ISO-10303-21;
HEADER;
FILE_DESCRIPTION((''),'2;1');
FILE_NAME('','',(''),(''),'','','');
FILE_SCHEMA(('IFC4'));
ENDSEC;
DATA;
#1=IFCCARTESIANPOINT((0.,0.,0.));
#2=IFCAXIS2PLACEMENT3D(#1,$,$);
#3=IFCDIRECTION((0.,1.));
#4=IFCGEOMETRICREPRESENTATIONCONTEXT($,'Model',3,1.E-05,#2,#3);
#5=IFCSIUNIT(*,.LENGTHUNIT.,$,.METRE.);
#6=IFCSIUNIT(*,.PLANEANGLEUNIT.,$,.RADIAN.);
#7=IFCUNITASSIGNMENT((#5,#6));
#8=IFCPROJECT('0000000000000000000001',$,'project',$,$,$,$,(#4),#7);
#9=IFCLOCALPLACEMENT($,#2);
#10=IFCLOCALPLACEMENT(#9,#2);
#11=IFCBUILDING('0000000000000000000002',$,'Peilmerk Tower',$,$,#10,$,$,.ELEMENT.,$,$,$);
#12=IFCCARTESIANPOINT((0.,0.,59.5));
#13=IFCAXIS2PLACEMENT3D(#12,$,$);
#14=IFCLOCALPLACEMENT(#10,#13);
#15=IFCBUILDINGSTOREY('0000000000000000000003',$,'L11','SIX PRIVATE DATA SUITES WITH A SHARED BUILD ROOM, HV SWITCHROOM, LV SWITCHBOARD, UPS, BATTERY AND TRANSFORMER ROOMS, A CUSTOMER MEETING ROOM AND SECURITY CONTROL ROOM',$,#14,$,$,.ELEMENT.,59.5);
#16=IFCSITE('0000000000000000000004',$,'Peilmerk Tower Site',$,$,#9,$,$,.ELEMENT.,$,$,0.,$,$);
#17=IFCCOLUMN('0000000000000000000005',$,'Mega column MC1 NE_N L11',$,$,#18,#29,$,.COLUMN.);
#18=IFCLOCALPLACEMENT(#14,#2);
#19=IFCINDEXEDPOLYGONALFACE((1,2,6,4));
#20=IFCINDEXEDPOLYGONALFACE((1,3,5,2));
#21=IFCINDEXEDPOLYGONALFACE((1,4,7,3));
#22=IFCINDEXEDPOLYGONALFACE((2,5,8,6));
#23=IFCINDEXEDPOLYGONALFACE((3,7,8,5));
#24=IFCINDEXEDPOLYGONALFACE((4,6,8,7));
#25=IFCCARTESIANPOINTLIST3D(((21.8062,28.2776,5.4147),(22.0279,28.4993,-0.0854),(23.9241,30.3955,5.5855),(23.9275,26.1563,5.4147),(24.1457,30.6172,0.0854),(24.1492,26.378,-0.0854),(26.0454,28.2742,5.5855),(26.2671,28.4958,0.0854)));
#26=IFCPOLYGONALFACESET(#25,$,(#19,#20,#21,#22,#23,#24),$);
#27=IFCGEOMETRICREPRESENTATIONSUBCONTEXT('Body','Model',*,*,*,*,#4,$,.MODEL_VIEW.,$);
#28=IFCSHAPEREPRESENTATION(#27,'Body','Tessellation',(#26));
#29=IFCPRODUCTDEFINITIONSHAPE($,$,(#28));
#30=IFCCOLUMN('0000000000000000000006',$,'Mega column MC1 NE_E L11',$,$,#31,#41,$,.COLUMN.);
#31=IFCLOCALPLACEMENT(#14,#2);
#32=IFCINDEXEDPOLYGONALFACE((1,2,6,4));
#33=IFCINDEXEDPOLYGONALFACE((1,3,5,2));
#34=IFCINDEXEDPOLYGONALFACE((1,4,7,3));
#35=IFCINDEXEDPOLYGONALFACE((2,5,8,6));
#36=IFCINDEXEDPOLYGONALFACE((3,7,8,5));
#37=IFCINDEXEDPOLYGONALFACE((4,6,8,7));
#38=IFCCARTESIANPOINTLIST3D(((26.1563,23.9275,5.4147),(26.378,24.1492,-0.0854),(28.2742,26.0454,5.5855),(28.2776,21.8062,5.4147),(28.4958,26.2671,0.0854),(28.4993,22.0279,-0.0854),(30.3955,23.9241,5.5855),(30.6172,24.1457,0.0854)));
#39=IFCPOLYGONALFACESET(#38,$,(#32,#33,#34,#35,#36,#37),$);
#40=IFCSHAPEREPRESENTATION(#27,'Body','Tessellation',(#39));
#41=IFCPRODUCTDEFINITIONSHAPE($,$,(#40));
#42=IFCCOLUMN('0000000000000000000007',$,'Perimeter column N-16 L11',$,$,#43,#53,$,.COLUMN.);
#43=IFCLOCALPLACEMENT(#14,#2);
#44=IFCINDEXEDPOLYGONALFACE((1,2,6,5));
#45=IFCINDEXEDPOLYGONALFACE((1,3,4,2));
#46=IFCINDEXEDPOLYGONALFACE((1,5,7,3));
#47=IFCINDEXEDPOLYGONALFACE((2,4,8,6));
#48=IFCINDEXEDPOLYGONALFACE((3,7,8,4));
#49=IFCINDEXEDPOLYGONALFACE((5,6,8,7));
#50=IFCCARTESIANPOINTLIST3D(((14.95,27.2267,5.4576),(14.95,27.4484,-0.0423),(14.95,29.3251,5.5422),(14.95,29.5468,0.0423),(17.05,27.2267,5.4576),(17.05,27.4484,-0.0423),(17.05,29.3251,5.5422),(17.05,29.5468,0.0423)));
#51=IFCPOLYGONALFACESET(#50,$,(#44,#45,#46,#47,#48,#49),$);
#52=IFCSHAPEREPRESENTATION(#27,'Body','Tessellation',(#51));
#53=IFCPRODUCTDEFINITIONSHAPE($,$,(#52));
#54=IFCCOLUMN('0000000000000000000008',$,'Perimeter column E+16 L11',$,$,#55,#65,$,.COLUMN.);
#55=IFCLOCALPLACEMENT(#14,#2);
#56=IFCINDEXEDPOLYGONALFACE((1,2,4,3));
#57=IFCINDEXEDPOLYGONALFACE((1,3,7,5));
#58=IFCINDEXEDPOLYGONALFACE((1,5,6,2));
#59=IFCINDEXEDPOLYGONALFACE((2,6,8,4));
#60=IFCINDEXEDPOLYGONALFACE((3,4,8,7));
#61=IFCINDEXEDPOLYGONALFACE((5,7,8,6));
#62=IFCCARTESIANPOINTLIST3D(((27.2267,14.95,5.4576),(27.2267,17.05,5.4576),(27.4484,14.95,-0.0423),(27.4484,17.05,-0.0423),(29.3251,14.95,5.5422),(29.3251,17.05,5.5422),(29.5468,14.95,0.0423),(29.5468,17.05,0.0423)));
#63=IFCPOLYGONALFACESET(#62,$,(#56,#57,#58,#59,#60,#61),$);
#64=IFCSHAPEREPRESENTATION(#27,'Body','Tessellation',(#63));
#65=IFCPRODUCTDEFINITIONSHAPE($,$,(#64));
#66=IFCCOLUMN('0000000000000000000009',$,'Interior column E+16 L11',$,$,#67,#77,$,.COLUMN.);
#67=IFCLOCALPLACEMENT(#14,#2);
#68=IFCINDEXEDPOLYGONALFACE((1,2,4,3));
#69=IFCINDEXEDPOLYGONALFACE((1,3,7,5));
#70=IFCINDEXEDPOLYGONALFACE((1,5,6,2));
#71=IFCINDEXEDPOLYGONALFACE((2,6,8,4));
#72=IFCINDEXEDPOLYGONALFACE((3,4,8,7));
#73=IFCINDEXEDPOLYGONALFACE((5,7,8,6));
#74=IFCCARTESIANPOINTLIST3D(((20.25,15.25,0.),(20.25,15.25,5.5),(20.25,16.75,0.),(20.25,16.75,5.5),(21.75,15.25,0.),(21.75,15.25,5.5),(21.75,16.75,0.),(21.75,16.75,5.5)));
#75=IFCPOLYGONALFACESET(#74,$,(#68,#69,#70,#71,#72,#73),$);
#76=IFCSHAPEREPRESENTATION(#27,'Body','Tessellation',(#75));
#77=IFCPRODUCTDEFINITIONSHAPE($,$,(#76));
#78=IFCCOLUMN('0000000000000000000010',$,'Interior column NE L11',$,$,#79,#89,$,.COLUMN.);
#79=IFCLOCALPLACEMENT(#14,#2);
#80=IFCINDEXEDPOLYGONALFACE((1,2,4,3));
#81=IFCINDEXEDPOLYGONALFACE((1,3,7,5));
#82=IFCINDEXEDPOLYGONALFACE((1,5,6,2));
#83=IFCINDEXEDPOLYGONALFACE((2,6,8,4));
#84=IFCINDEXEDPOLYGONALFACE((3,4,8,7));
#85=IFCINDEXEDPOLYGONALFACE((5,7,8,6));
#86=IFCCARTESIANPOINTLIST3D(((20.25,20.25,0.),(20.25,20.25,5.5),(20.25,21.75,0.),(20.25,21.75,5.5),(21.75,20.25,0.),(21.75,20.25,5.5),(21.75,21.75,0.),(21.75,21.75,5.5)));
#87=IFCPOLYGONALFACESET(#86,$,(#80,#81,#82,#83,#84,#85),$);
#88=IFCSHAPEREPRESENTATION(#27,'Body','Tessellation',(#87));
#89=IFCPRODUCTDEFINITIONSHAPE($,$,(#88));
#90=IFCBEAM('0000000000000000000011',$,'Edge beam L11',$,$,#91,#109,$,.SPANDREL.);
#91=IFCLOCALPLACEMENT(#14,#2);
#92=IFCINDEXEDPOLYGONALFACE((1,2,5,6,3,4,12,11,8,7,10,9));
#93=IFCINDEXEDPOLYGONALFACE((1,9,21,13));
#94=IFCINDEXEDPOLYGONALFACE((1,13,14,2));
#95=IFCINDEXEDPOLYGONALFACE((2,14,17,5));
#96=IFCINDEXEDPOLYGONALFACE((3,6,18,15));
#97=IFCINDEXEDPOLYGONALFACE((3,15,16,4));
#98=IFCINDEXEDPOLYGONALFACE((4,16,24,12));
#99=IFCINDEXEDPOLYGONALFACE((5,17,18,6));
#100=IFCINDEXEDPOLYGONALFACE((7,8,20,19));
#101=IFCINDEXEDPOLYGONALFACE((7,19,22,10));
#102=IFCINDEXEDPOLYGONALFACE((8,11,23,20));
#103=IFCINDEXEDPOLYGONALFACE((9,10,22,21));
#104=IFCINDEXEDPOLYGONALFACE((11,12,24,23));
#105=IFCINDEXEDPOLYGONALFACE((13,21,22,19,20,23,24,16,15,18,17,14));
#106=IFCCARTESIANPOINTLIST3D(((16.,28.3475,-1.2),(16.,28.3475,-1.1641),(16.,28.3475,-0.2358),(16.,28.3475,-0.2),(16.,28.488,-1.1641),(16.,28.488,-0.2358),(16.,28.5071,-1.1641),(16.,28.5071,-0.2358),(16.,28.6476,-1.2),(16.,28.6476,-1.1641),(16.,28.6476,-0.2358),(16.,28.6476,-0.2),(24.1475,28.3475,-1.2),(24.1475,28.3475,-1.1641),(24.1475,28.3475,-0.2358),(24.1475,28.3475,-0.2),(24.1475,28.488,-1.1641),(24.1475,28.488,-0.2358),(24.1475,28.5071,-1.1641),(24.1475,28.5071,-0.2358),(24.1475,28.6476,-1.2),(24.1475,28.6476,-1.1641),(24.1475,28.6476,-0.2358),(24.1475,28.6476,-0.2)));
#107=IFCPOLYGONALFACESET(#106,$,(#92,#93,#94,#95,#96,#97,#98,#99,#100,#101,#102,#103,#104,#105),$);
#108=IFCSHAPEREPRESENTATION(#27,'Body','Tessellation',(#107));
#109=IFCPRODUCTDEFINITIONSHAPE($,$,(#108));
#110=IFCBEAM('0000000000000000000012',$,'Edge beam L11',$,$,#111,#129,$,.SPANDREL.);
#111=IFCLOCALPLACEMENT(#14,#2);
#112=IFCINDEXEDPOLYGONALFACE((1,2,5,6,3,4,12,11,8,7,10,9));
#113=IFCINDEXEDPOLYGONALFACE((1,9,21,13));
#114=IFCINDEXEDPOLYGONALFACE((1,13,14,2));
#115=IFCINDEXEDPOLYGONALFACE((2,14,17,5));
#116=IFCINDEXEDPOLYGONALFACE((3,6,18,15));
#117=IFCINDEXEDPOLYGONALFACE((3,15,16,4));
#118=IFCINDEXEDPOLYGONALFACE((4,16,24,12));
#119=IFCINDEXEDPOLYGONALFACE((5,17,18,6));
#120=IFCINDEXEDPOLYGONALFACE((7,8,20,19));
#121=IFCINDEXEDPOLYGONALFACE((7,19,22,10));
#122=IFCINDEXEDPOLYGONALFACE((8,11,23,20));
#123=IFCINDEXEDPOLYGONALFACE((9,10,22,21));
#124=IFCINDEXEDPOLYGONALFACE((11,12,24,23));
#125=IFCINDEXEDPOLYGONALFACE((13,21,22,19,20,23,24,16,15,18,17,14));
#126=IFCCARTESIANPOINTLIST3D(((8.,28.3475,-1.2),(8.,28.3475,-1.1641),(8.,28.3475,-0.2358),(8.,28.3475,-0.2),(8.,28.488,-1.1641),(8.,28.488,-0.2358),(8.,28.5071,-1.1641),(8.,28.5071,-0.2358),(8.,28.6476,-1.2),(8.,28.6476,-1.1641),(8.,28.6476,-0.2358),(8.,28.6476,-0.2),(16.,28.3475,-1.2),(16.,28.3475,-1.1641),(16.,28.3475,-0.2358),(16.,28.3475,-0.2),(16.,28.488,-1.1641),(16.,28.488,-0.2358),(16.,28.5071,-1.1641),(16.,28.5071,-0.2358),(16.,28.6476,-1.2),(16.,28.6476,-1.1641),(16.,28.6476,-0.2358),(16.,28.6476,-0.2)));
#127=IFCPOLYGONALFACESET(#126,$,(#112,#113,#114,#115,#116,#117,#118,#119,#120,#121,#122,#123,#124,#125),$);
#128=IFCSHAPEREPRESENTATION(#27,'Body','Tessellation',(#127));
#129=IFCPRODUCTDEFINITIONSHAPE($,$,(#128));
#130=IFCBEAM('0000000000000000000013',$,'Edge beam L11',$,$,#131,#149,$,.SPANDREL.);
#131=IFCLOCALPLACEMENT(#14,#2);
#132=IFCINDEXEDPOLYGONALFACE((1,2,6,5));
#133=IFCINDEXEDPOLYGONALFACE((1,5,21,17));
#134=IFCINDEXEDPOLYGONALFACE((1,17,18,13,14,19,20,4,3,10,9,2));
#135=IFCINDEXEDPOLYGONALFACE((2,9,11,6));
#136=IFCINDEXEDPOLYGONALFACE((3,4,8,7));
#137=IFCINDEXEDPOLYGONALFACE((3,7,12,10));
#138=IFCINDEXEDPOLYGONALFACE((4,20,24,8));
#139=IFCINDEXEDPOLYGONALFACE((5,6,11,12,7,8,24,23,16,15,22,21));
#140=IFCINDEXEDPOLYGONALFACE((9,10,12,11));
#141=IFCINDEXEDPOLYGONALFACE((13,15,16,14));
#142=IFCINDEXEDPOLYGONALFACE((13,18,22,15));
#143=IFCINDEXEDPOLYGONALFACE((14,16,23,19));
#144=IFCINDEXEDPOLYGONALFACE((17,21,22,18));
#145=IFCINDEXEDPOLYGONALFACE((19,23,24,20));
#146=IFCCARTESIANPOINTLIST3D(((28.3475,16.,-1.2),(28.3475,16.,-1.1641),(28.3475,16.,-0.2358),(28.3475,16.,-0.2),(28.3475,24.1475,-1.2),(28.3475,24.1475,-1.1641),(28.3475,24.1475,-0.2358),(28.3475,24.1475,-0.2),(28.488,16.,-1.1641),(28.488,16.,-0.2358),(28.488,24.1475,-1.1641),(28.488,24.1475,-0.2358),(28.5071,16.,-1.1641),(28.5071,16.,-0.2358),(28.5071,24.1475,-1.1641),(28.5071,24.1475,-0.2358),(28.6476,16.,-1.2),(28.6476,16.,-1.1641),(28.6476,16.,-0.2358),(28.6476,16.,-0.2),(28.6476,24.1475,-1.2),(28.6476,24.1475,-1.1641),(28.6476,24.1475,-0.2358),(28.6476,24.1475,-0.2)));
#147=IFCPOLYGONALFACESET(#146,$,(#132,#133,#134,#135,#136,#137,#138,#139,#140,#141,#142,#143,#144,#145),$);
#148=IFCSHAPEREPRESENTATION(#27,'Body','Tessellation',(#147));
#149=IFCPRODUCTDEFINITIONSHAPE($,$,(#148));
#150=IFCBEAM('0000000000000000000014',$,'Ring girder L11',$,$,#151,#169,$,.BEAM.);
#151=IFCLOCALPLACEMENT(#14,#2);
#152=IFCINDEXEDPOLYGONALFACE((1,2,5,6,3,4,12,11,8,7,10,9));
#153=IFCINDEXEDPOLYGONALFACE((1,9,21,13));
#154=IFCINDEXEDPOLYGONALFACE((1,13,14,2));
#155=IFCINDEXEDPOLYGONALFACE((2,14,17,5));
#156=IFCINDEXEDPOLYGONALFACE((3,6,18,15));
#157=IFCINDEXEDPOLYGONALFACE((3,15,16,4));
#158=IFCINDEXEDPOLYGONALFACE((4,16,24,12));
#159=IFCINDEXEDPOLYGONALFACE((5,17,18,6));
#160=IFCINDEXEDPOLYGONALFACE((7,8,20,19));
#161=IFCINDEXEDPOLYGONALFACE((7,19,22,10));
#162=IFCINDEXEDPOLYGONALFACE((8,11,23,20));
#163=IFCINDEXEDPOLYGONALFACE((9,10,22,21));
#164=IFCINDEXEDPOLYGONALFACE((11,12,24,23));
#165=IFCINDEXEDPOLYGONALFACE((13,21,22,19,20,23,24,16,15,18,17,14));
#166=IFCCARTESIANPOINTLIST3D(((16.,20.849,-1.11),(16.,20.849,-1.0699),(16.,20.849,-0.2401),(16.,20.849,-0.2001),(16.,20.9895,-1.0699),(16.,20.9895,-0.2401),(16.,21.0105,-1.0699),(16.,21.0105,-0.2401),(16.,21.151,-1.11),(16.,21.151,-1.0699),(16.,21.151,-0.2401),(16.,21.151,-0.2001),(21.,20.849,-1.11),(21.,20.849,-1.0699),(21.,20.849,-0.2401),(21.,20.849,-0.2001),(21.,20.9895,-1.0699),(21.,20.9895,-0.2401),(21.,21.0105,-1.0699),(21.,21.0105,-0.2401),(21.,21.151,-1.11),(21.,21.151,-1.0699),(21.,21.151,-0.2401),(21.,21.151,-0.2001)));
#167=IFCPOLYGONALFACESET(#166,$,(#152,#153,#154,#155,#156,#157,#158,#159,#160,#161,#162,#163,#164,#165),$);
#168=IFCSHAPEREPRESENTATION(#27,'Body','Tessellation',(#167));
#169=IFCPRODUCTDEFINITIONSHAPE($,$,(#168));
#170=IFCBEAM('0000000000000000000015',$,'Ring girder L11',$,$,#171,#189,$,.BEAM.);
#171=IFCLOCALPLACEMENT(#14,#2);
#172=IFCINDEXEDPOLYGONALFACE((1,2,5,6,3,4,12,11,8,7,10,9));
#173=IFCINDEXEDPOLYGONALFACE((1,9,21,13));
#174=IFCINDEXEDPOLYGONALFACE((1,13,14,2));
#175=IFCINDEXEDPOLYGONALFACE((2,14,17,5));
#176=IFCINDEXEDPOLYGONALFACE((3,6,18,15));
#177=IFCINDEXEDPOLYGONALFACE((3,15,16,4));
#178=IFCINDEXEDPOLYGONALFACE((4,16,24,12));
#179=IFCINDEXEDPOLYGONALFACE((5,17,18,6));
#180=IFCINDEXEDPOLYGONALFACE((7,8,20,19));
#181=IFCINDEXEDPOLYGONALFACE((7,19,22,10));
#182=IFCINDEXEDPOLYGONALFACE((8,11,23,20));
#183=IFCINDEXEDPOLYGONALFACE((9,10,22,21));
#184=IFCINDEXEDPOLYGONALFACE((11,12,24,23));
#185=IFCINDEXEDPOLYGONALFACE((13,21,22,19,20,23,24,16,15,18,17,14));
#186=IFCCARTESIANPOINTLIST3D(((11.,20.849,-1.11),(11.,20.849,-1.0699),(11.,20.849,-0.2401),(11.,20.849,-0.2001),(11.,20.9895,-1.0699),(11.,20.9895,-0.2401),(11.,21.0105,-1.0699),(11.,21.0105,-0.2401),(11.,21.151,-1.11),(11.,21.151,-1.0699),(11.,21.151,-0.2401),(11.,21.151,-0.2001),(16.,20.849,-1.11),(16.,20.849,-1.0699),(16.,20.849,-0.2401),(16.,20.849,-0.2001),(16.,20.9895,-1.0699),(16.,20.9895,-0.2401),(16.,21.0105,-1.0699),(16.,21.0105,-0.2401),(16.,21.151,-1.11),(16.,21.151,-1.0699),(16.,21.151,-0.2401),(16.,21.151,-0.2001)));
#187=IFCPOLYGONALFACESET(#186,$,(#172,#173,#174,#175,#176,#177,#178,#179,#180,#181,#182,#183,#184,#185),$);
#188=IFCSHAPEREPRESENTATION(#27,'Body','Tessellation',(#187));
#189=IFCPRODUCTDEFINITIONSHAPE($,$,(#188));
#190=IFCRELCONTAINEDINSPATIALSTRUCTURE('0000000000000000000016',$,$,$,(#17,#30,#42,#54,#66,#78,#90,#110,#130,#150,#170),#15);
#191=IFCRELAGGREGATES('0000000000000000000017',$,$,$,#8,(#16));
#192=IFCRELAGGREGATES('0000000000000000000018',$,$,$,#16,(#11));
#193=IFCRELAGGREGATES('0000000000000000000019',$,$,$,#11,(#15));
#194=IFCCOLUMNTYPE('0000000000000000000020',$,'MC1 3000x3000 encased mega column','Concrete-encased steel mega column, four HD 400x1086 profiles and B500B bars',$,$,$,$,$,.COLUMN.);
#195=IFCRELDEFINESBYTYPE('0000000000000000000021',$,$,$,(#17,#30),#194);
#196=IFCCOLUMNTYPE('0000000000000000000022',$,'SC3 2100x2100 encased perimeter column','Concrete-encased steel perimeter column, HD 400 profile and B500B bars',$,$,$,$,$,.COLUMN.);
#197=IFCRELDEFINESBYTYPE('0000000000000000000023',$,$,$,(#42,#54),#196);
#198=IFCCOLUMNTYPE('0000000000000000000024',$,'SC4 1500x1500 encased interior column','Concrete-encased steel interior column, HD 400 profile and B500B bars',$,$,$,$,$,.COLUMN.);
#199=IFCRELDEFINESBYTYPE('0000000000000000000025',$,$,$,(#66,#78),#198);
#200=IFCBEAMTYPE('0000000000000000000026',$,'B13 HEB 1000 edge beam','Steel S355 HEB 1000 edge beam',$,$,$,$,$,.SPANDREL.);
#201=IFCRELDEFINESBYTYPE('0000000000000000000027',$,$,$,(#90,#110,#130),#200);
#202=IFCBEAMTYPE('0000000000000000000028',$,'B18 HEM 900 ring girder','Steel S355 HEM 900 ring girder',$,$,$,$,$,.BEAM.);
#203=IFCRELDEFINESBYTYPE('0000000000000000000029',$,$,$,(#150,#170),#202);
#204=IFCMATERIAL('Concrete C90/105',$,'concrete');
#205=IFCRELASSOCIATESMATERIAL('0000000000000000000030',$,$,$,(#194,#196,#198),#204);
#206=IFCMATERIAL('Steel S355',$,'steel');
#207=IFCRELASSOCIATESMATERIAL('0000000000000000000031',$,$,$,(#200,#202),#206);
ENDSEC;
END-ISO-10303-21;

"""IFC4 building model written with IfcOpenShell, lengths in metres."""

from ifc_helpers import new_model, si_unit, direction, frame, origin, origin_2d, place, context, subcontext, project, spatial, rectangle, i_section, extrude, material, material_profile, profile_set, type_object, element, save


model = new_model("IFC4")

# Units and contexts
model_context = context("Model", 3, precision=1e-05, world=origin(), true_north=direction((0.0, 1.0)))
body_context = subcontext(model_context, "Body", "Model", "MODEL_VIEW")
ifc_project = project(units=[si_unit("LENGTHUNIT", "METRE"), si_unit("PLANEANGLEUNIT", "RADIAN")], contexts=[model_context])

# Site, building, storey
site_placement = place(None, origin())
site = spatial("IfcSite", under=ifc_project, at=site_placement, Name="Peilmerk Tower Site", CompositionType="ELEMENT", RefElevation=0.0)
building_placement = place(site_placement, origin())
building = spatial("IfcBuilding", under=site, at=building_placement, Name="Peilmerk Tower", CompositionType="ELEMENT")
storey_placement = place(building_placement, frame((0.0, 0.0, 59.5)))
storey = spatial("IfcBuildingStorey", under=building, at=storey_placement, Name="L11", Description="SIX PRIVATE DATA SUITES WITH A SHARED BUILD ROOM, HV SWITCHROOM, LV SWITCHBOARD, UPS, BATTERY AND TRANSFORMER ROOMS, A CUSTOMER MEETING ROOM AND SECURITY CONTROL ROOM", CompositionType="ELEMENT", Elevation=59.5)

# Columns
ifc_material_1 = material(Name="Concrete C90/105", Category="concrete")
ifc_material_profile_1 = material_profile(ifc_material_1, rectangle(XDim=3.0, YDim=3.0, at=origin_2d()), Name="RC 3000x3000")
ifc_profile_set_1 = profile_set([ifc_material_profile_1], Name="Concrete C90/105")
column_type_1 = type_object("IfcColumnType", Name="MC1 3000x3000 encased mega column", Description="Concrete-encased steel mega column, four HD 400x1086 profiles and B500B bars", PredefinedType="COLUMN", material=ifc_profile_set_1)
for number, where, z_axis, x_axis, name in (
    (1, (24.1475, 28.4976, 0.0), (-0.04024, -0.04024, 0.998379), (0.707107, -0.707107, 0.0), "Mega column MC1 NE_N L11"),
    (2, (28.4976, 24.1475, 0.0), (-0.04024, -0.04024, 0.998379), (0.707107, -0.707107, 0.0), "Mega column MC1 NE_E L11"),
):
    element("IfcColumn", number, at=place(storey_placement, frame(where, z_axis=z_axis, x_axis=x_axis)), inside=storey, type_object=column_type_1, Name=name, PredefinedType="COLUMN", context=body_context, shape_type="SweptSolid", body=[
        extrude(rectangle(XDim=3.0, YDim=3.0, at=origin_2d()), origin(), (0.0, 0.0, 1.0), 5.509),
    ])
ifc_material_profile_2 = material_profile(ifc_material_1, rectangle(XDim=2.1001, YDim=2.1001, at=origin_2d()), Name="RC 2100x2100")
ifc_profile_set_2 = profile_set([ifc_material_profile_2], Name="Concrete C90/105")
column_type_2 = type_object("IfcColumnType", Name="SC3 2100x2100 encased perimeter column", Description="Concrete-encased steel perimeter column, HD 400 profile and B500B bars", PredefinedType="COLUMN", material=ifc_profile_set_2)
for number, where, z_axis, x_axis, name in (
    (3, (16.0, 28.4976, 0.0), (0.0, -0.040273, 0.999189), (1.0, 0.0, 0.0), "Perimeter column N-16 L11"),
    (4, (28.4976, 16.0, 0.0), (-0.040273, 0.0, 0.999189), (0.0, -1.0, 0.0), "Perimeter column E+16 L11"),
):
    element("IfcColumn", number, at=place(storey_placement, frame(where, z_axis=z_axis, x_axis=x_axis)), inside=storey, type_object=column_type_2, Name=name, PredefinedType="COLUMN", context=body_context, shape_type="SweptSolid", body=[
        extrude(rectangle(XDim=2.1001, YDim=2.1001, at=origin_2d()), origin(), (0.0, 0.0, 1.0), 5.5044),
    ])
ifc_material_profile_3 = material_profile(ifc_material_1, rectangle(XDim=1.5, YDim=1.5, at=origin_2d()), Name="RC 1500x1500")
ifc_profile_set_3 = profile_set([ifc_material_profile_3], Name="Concrete C90/105")
column_type_3 = type_object("IfcColumnType", Name="SC4 1500x1500 encased interior column", Description="Concrete-encased steel interior column, HD 400 profile and B500B bars", PredefinedType="COLUMN", material=ifc_profile_set_3)
for number, where, z_axis, x_axis, name in (
    (5, (21.0, 16.0, 0.0), (0.0, 0.0, 1.0), (1.0, 0.0, 0.0), "Interior column E+16 L11"),
    (6, (21.0, 21.0, 0.0), (0.0, 0.0, 1.0), (1.0, 0.0, 0.0), "Interior column NE L11"),
):
    element("IfcColumn", number, at=place(storey_placement, frame(where, z_axis=z_axis, x_axis=x_axis)), inside=storey, type_object=column_type_3, Name=name, PredefinedType="COLUMN", context=body_context, shape_type="SweptSolid", body=[
        extrude(rectangle(XDim=1.5, YDim=1.5, at=origin_2d()), origin(), (0.0, 0.0, 1.0), 5.5),
    ])

# Beams
ifc_material_2 = material(Name="Steel S355", Category="steel")
ifc_material_profile_4 = material_profile(ifc_material_2, i_section(OverallWidth=0.3, OverallDepth=1.0, WebThickness=0.019, FlangeThickness=0.0359, at=origin_2d()), Name="HEB 1000")
ifc_profile_set_4 = profile_set([ifc_material_profile_4], Name="Steel S355")
beam_type_1 = type_object("IfcBeamType", Name="B13 HEB 1000 edge beam", Description="Steel S355 HEB 1000 edge beam", PredefinedType="SPANDREL", material=ifc_profile_set_4)
beam_1_placement = place(storey_placement, frame((24.1475, 28.4976, -0.7), z_axis=(-1.0, 0.0, 0.0), x_axis=(0.0, -1.0, 0.0)))
element("IfcBeam", 7, at=beam_1_placement, inside=storey, type_object=beam_type_1, Name="Edge beam L11", PredefinedType="SPANDREL", context=body_context, shape_type="SweptSolid", body=[
    extrude(i_section(OverallWidth=0.3, OverallDepth=1.0, WebThickness=0.019, FlangeThickness=0.0359, at=origin_2d()), origin(), (0.0, 0.0, 1.0), 8.1475),
])
beam_2_placement = place(storey_placement, frame((16.0, 28.4976, -0.7), z_axis=(-1.0, 0.0, 0.0), x_axis=(0.0, -1.0, 0.0)))
element("IfcBeam", 8, at=beam_2_placement, inside=storey, type_object=beam_type_1, Name="Edge beam L11", PredefinedType="SPANDREL", context=body_context, shape_type="SweptSolid", body=[
    extrude(i_section(OverallWidth=0.3, OverallDepth=1.0, WebThickness=0.019, FlangeThickness=0.0359, at=origin_2d()), origin(), (0.0, 0.0, 1.0), 8.0),
])
beam_3_placement = place(storey_placement, frame((28.4976, 16.0, -0.7), z_axis=(0.0, 1.0, 0.0), x_axis=(-1.0, 0.0, 0.0)))
element("IfcBeam", 9, at=beam_3_placement, inside=storey, type_object=beam_type_1, Name="Edge beam L11", PredefinedType="SPANDREL", context=body_context, shape_type="SweptSolid", body=[
    extrude(i_section(OverallWidth=0.3, OverallDepth=1.0, WebThickness=0.019, FlangeThickness=0.0359, at=origin_2d()), origin(), (0.0, 0.0, 1.0), 8.1475),
])
ifc_material_profile_5 = material_profile(ifc_material_2, i_section(OverallWidth=0.302, OverallDepth=0.9099, WebThickness=0.021, FlangeThickness=0.04, at=origin_2d()), Name="HEM 900")
ifc_profile_set_5 = profile_set([ifc_material_profile_5], Name="Steel S355")
beam_type_2 = type_object("IfcBeamType", Name="B18 HEM 900 ring girder", Description="Steel S355 HEM 900 ring girder", PredefinedType="BEAM", material=ifc_profile_set_5)
for number, where, z_axis, x_axis, name in (
    (10, (21.0, 21.0, -0.655), (-1.0, 0.0, 0.0), (0.0, -1.0, 0.0), "Ring girder L11"),
    (11, (16.0, 21.0, -0.655), (-1.0, 0.0, 0.0), (0.0, -1.0, 0.0), "Ring girder L11"),
):
    element("IfcBeam", number, at=place(storey_placement, frame(where, z_axis=z_axis, x_axis=x_axis)), inside=storey, type_object=beam_type_2, Name=name, PredefinedType="BEAM", context=body_context, shape_type="SweptSolid", body=[
        extrude(i_section(OverallWidth=0.302, OverallDepth=0.9099, WebThickness=0.021, FlangeThickness=0.04, at=origin_2d()), origin(), (0.0, 0.0, 1.0), 5.0),
    ])

save(model, "model.ifc")
